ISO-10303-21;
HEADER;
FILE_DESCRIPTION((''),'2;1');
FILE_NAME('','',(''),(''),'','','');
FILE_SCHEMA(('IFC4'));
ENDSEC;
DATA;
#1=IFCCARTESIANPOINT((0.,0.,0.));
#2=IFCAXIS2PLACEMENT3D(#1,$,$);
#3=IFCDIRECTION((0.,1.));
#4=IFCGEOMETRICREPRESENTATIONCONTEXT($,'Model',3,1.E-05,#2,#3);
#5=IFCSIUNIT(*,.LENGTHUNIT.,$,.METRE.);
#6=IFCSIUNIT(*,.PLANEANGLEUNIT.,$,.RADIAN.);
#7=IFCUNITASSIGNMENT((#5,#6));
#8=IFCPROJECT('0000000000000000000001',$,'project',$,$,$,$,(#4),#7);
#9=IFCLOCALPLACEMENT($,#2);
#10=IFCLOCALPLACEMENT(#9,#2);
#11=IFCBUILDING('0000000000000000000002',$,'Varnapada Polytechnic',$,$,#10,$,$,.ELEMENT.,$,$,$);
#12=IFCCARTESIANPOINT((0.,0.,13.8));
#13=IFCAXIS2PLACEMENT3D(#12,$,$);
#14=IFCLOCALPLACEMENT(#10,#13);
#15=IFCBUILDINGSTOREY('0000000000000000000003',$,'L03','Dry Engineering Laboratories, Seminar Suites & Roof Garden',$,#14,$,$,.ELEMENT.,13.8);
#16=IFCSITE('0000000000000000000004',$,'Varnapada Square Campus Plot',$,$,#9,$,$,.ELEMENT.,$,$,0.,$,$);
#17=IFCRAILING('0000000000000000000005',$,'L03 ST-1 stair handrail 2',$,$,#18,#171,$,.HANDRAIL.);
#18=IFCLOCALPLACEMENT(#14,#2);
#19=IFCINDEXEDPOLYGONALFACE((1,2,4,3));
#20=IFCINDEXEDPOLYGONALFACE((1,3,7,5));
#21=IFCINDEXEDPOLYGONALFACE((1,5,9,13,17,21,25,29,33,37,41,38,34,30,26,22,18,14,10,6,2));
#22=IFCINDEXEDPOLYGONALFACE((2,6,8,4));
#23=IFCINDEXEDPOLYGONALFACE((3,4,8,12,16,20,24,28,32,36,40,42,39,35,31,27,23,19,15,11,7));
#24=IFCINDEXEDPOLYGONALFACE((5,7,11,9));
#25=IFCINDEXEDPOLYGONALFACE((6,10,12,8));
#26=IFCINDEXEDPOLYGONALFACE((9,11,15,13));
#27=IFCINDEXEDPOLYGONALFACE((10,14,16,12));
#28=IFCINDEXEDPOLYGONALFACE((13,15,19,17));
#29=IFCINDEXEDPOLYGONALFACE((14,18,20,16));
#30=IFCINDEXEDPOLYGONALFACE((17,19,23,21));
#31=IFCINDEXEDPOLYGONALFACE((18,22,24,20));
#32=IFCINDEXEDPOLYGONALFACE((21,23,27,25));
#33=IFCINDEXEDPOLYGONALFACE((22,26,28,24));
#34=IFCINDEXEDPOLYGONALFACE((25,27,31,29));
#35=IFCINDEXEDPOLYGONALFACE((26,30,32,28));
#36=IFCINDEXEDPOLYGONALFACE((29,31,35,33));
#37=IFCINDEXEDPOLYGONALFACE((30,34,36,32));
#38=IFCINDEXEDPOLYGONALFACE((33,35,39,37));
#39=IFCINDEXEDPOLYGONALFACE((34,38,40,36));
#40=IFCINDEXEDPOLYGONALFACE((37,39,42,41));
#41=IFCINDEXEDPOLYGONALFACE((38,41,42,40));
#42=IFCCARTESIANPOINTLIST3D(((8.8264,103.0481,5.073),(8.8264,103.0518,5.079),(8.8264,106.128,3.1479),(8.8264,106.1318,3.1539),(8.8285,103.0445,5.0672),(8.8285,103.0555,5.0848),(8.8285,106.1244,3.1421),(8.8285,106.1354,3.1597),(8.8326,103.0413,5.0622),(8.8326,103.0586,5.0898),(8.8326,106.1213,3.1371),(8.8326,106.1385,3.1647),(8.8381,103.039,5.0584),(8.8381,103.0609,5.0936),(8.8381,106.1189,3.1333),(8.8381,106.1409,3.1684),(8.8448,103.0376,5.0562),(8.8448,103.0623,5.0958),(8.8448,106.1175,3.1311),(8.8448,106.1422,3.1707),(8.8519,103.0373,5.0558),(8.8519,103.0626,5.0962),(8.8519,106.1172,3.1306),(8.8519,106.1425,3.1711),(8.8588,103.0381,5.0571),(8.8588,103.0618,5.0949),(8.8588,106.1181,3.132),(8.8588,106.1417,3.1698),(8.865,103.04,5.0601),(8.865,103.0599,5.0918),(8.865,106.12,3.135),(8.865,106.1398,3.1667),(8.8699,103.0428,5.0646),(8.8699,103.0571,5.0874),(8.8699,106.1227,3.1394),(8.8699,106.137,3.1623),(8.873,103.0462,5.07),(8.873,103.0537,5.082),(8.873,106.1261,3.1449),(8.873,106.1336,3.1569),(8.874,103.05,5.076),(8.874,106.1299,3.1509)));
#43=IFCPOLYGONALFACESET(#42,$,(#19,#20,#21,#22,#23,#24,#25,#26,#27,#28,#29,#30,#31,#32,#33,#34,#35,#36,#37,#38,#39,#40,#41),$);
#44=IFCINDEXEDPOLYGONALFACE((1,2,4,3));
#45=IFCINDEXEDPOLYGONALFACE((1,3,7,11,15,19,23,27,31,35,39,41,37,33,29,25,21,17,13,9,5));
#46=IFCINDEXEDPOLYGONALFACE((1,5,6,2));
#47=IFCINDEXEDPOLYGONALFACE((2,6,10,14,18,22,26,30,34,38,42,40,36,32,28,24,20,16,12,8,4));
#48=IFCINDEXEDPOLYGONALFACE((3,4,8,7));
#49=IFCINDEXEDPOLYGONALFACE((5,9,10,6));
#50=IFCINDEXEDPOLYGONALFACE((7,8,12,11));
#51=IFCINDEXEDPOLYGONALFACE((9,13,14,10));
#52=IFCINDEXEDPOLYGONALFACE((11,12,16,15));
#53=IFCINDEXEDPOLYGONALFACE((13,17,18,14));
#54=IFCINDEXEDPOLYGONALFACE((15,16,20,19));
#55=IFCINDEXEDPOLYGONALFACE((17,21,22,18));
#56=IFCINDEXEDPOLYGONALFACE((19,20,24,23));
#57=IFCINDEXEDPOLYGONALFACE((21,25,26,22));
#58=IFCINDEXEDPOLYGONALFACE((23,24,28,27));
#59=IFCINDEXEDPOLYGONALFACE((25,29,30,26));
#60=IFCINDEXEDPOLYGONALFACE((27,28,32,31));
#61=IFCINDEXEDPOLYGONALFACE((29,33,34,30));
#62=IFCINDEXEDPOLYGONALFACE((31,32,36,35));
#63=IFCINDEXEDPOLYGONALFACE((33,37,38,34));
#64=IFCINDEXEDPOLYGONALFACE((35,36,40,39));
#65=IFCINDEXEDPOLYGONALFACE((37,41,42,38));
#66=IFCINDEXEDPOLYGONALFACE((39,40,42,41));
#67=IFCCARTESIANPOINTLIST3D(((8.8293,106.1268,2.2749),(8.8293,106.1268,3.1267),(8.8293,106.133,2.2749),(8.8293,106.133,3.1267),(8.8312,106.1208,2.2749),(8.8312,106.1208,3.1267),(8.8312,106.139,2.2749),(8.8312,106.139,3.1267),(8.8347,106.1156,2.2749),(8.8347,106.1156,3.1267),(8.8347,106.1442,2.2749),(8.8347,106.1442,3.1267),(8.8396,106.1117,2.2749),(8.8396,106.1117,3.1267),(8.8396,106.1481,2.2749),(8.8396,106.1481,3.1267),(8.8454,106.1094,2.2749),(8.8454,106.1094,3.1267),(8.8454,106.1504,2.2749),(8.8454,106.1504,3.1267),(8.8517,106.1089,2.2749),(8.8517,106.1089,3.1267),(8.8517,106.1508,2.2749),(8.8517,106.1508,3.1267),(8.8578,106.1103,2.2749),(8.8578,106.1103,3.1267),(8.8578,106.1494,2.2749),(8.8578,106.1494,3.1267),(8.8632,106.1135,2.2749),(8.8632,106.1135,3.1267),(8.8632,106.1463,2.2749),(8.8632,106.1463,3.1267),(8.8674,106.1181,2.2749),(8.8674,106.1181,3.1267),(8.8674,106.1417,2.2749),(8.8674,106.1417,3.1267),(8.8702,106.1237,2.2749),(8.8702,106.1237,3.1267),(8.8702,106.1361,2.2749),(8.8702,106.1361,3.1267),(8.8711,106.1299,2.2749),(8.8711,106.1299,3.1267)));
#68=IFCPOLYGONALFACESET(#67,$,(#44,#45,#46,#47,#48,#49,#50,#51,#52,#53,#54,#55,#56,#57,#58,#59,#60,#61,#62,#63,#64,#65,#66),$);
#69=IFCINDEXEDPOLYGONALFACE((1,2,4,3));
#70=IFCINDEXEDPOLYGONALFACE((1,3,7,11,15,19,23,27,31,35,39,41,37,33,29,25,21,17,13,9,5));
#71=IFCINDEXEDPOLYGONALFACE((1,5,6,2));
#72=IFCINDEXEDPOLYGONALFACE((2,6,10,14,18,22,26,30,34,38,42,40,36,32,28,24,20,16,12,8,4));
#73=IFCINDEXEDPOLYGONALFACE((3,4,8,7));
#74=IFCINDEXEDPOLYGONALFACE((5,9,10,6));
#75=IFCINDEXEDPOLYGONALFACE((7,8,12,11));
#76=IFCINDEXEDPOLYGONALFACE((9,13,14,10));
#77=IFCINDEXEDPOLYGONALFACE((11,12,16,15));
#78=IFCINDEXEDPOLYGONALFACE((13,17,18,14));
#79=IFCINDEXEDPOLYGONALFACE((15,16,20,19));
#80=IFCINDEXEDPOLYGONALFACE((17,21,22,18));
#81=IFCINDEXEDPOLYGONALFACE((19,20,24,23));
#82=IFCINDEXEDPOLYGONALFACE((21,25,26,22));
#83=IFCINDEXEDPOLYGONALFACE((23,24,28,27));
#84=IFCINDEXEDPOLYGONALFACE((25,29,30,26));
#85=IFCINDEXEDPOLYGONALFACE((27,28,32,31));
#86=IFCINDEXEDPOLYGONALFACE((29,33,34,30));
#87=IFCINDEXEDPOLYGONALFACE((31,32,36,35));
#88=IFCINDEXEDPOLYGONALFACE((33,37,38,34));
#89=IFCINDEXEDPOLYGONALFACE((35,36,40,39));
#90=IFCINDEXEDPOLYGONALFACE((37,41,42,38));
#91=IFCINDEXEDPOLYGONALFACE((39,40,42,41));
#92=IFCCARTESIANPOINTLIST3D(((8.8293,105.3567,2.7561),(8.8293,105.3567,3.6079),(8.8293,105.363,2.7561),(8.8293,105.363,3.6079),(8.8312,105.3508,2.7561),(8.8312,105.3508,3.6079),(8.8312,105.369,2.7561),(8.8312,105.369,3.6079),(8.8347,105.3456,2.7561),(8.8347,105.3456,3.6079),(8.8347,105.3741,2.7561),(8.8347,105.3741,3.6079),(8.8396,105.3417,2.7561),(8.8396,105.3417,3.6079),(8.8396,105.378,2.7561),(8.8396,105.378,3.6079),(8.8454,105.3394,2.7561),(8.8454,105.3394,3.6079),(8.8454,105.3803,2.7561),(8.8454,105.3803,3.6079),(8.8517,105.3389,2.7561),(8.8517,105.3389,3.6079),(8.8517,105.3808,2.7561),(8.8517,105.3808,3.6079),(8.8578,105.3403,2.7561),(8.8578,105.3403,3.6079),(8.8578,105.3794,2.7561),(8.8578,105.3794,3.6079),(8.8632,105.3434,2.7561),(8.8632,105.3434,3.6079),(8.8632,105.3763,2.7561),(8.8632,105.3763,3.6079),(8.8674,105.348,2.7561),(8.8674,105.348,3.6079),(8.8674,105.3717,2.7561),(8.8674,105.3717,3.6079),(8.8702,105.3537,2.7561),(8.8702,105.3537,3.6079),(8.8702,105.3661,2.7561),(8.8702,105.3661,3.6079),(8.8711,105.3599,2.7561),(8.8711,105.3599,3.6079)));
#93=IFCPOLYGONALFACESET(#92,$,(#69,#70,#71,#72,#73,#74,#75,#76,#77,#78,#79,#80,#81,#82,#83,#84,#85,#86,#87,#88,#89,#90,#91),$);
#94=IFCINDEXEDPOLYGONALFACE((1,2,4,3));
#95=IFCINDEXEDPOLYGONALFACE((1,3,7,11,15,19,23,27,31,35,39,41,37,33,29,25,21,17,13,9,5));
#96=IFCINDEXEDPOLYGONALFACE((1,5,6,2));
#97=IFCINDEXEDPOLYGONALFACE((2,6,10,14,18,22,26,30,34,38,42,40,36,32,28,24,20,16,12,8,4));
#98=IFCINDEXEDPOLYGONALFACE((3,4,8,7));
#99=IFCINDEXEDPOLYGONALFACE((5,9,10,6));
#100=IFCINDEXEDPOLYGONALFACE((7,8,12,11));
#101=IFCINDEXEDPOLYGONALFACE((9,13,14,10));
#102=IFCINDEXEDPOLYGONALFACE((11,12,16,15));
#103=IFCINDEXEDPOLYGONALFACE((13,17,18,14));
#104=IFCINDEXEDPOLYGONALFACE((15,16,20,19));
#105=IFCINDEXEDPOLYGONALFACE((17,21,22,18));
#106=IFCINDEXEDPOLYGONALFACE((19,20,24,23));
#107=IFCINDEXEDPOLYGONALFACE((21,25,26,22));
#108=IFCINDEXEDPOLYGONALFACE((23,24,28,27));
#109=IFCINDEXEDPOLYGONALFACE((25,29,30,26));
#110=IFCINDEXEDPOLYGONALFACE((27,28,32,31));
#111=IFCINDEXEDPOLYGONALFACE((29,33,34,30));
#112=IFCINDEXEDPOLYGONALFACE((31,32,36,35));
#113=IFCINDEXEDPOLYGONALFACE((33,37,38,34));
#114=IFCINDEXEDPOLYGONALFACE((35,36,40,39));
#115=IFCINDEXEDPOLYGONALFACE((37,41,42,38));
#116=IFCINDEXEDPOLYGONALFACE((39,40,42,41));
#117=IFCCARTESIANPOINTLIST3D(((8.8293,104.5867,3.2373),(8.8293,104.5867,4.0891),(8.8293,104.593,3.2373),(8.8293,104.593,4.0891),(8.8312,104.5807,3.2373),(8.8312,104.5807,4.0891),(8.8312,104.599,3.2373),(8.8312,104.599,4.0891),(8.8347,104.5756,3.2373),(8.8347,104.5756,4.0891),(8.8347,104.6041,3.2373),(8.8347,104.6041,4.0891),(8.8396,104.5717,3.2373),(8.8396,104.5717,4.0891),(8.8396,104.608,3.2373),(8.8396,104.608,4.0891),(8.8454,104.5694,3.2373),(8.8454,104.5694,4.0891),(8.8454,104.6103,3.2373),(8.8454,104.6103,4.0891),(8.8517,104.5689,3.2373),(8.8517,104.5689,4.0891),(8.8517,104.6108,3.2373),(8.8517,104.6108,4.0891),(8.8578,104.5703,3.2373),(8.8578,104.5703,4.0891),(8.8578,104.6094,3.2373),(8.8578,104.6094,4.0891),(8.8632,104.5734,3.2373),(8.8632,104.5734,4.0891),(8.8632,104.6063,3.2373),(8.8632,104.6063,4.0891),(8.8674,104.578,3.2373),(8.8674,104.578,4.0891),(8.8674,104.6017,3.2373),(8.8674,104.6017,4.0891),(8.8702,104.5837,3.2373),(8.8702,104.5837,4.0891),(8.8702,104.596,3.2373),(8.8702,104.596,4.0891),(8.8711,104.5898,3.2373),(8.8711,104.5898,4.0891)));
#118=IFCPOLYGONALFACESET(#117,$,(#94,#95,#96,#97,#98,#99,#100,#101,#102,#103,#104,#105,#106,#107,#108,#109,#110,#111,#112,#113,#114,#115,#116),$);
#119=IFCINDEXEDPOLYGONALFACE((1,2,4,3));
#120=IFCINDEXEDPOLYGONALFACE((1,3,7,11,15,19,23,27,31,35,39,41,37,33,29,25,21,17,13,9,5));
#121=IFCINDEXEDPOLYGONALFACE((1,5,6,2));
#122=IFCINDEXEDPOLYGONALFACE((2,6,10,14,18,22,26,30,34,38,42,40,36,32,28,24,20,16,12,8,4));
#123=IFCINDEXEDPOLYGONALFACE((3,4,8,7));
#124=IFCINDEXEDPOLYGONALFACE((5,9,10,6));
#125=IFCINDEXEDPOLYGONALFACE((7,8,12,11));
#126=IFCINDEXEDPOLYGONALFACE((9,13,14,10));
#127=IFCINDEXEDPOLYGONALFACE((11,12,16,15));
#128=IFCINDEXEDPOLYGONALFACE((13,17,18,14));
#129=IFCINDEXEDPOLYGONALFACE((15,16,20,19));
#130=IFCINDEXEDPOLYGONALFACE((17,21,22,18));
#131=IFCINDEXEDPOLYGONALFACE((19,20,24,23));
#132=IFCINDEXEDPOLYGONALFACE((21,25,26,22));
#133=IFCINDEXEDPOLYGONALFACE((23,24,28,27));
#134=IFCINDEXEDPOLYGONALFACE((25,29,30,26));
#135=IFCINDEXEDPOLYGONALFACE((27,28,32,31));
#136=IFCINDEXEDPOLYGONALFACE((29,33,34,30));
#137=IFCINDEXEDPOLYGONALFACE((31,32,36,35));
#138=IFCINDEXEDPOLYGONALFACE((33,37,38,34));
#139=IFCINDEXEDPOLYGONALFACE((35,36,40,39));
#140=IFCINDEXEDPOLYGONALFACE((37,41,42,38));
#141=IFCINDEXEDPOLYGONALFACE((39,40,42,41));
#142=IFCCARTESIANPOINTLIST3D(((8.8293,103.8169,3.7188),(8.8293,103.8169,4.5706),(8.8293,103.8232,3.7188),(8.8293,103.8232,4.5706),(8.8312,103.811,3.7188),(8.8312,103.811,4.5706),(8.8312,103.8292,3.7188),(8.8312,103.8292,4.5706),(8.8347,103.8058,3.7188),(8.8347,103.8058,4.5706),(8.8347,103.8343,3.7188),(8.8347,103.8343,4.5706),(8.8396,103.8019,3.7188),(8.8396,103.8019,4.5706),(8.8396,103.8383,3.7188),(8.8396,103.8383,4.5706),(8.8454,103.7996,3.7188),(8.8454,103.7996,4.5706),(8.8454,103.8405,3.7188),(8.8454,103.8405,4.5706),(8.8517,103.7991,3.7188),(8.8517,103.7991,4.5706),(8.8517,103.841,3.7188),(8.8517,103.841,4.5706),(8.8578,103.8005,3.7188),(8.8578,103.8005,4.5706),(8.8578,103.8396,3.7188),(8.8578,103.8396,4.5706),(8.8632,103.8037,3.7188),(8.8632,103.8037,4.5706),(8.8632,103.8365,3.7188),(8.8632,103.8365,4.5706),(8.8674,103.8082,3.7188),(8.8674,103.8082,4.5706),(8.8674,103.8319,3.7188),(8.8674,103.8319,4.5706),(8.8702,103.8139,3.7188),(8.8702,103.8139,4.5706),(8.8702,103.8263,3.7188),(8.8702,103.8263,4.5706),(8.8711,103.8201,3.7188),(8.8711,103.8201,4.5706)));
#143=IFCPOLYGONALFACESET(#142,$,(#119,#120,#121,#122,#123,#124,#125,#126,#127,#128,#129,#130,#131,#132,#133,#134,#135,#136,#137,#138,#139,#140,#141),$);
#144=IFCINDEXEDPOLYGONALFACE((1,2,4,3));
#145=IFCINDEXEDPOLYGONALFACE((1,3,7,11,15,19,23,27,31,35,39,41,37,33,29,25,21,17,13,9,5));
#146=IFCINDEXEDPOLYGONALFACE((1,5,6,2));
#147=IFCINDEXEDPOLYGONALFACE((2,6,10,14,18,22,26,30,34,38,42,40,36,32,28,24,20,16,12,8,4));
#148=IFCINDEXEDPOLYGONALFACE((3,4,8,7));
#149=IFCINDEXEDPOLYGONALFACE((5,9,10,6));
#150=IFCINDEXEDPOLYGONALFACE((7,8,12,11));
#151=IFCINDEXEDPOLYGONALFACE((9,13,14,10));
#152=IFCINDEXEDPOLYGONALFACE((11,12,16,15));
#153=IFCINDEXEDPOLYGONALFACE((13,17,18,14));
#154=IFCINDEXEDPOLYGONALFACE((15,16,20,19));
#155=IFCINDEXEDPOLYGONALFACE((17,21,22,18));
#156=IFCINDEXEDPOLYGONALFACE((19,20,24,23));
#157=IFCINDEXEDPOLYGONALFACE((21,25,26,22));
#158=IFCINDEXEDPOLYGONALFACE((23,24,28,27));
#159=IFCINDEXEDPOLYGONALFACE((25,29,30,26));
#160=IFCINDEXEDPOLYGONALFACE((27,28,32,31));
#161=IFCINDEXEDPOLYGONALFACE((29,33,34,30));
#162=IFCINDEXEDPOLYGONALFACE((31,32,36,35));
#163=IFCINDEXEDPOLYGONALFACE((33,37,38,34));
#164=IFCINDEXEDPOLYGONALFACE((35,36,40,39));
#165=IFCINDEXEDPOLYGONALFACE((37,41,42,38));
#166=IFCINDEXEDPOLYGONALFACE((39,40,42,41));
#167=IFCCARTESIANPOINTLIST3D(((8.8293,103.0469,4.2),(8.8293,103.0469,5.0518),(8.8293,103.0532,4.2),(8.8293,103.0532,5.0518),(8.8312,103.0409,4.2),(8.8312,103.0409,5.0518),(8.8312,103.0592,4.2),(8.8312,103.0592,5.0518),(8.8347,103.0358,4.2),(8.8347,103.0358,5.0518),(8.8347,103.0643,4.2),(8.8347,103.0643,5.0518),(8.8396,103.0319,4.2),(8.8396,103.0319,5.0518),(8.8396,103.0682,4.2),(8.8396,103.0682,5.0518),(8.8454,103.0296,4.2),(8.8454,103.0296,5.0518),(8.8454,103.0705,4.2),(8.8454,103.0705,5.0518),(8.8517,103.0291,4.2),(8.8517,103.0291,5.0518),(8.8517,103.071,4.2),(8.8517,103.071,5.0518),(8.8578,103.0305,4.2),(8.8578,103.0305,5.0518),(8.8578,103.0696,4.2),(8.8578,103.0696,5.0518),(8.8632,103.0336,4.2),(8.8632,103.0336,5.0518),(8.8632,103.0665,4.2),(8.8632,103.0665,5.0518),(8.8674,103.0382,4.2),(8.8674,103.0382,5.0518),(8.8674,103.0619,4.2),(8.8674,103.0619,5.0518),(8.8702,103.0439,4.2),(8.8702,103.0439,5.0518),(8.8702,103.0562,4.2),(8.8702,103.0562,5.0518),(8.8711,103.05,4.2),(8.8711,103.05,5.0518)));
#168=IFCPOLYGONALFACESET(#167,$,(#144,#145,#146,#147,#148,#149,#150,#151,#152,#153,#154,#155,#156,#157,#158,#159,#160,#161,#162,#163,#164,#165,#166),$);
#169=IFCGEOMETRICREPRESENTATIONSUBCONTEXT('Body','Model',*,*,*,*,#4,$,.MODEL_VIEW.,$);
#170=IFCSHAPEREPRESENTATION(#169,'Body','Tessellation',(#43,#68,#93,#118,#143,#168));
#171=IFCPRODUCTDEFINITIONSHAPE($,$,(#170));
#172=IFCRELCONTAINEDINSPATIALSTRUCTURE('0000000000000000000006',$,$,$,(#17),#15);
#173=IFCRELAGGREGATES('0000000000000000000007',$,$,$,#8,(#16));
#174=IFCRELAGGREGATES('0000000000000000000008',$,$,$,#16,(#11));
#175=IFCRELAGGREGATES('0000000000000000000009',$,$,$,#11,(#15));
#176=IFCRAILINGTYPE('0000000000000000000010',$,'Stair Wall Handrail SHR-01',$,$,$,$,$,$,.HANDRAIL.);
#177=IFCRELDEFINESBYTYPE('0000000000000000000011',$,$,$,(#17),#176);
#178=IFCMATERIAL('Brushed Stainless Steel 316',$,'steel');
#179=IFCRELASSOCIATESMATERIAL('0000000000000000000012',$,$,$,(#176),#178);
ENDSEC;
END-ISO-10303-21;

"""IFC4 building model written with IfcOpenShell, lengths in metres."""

from ifc_helpers import new_model, si_unit, direction, frame, origin, origin_2d, place, context, subcontext, project, spatial, circle, extrude, material, type_object, element, save


model = new_model("IFC4")

# Units and contexts
model_context = context("Model", 3, precision=1e-05, world=origin(), true_north=direction((0.0, 1.0)))
body_context = subcontext(model_context, "Body", "Model", "MODEL_VIEW")
ifc_project = project(units=[si_unit("LENGTHUNIT", "METRE"), si_unit("PLANEANGLEUNIT", "RADIAN")], contexts=[model_context])

# Site, building, storey
site_placement = place(None, origin())
site = spatial("IfcSite", under=ifc_project, at=site_placement, Name="Varnapada Square Campus Plot", CompositionType="ELEMENT", RefElevation=0.0)
building_placement = place(site_placement, origin())
building = spatial("IfcBuilding", under=site, at=building_placement, Name="Varnapada Polytechnic", CompositionType="ELEMENT")
storey_placement = place(building_placement, frame((0.0, 0.0, 13.8)))
storey = spatial("IfcBuildingStorey", under=building, at=storey_placement, Name="L03", Description="Dry Engineering Laboratories, Seminar Suites & Roof Garden", CompositionType="ELEMENT", Elevation=13.8)

# Shared definitions
ifc_material_1 = material(Name="Brushed Stainless Steel 316", Category="steel")

# Railing
railing_type_1 = type_object("IfcRailingType", Name="Stair Wall Handrail SHR-01", PredefinedType="HANDRAIL", material=ifc_material_1)
railing_1_placement = place(storey_placement, frame((8.8501, 106.1299, 2.2749)))
element("IfcRailing", 1, at=railing_1_placement, inside=storey, type_object=railing_type_1, Name="L03 ST-1 stair handrail 2", PredefinedType="HANDRAIL", context=body_context, shape_type="SweptSolid", body=[
    extrude(circle(Radius=0.0239, at=origin_2d()), frame((0.0, 0.0, 0.876), z_axis=(0.0, -0.847979, 0.530029), x_axis=(1.0, 0.0, 0.0)), (0.0, 0.0, 1.0), 3.6321),
    extrude(circle(Radius=0.021, at=origin_2d()), origin(), (0.0, 0.0, 1.0), 0.8518),
    extrude(circle(Radius=0.021, at=origin_2d()), frame((0.0, -0.77, 0.4812)), (0.0, 0.0, 1.0), 0.8518),
    extrude(circle(Radius=0.021, at=origin_2d()), frame((0.0, -1.54, 0.9624)), (0.0, 0.0, 1.0), 0.8518),
    extrude(circle(Radius=0.021, at=origin_2d()), frame((0.0, -2.3098, 1.4438)), (0.0, 0.0, 1.0), 0.8518),
    extrude(circle(Radius=0.021, at=origin_2d()), frame((0.0, -3.0798, 1.925)), (0.0, 0.0, 1.0), 0.8518),
])

save(model, "model.ifc")
